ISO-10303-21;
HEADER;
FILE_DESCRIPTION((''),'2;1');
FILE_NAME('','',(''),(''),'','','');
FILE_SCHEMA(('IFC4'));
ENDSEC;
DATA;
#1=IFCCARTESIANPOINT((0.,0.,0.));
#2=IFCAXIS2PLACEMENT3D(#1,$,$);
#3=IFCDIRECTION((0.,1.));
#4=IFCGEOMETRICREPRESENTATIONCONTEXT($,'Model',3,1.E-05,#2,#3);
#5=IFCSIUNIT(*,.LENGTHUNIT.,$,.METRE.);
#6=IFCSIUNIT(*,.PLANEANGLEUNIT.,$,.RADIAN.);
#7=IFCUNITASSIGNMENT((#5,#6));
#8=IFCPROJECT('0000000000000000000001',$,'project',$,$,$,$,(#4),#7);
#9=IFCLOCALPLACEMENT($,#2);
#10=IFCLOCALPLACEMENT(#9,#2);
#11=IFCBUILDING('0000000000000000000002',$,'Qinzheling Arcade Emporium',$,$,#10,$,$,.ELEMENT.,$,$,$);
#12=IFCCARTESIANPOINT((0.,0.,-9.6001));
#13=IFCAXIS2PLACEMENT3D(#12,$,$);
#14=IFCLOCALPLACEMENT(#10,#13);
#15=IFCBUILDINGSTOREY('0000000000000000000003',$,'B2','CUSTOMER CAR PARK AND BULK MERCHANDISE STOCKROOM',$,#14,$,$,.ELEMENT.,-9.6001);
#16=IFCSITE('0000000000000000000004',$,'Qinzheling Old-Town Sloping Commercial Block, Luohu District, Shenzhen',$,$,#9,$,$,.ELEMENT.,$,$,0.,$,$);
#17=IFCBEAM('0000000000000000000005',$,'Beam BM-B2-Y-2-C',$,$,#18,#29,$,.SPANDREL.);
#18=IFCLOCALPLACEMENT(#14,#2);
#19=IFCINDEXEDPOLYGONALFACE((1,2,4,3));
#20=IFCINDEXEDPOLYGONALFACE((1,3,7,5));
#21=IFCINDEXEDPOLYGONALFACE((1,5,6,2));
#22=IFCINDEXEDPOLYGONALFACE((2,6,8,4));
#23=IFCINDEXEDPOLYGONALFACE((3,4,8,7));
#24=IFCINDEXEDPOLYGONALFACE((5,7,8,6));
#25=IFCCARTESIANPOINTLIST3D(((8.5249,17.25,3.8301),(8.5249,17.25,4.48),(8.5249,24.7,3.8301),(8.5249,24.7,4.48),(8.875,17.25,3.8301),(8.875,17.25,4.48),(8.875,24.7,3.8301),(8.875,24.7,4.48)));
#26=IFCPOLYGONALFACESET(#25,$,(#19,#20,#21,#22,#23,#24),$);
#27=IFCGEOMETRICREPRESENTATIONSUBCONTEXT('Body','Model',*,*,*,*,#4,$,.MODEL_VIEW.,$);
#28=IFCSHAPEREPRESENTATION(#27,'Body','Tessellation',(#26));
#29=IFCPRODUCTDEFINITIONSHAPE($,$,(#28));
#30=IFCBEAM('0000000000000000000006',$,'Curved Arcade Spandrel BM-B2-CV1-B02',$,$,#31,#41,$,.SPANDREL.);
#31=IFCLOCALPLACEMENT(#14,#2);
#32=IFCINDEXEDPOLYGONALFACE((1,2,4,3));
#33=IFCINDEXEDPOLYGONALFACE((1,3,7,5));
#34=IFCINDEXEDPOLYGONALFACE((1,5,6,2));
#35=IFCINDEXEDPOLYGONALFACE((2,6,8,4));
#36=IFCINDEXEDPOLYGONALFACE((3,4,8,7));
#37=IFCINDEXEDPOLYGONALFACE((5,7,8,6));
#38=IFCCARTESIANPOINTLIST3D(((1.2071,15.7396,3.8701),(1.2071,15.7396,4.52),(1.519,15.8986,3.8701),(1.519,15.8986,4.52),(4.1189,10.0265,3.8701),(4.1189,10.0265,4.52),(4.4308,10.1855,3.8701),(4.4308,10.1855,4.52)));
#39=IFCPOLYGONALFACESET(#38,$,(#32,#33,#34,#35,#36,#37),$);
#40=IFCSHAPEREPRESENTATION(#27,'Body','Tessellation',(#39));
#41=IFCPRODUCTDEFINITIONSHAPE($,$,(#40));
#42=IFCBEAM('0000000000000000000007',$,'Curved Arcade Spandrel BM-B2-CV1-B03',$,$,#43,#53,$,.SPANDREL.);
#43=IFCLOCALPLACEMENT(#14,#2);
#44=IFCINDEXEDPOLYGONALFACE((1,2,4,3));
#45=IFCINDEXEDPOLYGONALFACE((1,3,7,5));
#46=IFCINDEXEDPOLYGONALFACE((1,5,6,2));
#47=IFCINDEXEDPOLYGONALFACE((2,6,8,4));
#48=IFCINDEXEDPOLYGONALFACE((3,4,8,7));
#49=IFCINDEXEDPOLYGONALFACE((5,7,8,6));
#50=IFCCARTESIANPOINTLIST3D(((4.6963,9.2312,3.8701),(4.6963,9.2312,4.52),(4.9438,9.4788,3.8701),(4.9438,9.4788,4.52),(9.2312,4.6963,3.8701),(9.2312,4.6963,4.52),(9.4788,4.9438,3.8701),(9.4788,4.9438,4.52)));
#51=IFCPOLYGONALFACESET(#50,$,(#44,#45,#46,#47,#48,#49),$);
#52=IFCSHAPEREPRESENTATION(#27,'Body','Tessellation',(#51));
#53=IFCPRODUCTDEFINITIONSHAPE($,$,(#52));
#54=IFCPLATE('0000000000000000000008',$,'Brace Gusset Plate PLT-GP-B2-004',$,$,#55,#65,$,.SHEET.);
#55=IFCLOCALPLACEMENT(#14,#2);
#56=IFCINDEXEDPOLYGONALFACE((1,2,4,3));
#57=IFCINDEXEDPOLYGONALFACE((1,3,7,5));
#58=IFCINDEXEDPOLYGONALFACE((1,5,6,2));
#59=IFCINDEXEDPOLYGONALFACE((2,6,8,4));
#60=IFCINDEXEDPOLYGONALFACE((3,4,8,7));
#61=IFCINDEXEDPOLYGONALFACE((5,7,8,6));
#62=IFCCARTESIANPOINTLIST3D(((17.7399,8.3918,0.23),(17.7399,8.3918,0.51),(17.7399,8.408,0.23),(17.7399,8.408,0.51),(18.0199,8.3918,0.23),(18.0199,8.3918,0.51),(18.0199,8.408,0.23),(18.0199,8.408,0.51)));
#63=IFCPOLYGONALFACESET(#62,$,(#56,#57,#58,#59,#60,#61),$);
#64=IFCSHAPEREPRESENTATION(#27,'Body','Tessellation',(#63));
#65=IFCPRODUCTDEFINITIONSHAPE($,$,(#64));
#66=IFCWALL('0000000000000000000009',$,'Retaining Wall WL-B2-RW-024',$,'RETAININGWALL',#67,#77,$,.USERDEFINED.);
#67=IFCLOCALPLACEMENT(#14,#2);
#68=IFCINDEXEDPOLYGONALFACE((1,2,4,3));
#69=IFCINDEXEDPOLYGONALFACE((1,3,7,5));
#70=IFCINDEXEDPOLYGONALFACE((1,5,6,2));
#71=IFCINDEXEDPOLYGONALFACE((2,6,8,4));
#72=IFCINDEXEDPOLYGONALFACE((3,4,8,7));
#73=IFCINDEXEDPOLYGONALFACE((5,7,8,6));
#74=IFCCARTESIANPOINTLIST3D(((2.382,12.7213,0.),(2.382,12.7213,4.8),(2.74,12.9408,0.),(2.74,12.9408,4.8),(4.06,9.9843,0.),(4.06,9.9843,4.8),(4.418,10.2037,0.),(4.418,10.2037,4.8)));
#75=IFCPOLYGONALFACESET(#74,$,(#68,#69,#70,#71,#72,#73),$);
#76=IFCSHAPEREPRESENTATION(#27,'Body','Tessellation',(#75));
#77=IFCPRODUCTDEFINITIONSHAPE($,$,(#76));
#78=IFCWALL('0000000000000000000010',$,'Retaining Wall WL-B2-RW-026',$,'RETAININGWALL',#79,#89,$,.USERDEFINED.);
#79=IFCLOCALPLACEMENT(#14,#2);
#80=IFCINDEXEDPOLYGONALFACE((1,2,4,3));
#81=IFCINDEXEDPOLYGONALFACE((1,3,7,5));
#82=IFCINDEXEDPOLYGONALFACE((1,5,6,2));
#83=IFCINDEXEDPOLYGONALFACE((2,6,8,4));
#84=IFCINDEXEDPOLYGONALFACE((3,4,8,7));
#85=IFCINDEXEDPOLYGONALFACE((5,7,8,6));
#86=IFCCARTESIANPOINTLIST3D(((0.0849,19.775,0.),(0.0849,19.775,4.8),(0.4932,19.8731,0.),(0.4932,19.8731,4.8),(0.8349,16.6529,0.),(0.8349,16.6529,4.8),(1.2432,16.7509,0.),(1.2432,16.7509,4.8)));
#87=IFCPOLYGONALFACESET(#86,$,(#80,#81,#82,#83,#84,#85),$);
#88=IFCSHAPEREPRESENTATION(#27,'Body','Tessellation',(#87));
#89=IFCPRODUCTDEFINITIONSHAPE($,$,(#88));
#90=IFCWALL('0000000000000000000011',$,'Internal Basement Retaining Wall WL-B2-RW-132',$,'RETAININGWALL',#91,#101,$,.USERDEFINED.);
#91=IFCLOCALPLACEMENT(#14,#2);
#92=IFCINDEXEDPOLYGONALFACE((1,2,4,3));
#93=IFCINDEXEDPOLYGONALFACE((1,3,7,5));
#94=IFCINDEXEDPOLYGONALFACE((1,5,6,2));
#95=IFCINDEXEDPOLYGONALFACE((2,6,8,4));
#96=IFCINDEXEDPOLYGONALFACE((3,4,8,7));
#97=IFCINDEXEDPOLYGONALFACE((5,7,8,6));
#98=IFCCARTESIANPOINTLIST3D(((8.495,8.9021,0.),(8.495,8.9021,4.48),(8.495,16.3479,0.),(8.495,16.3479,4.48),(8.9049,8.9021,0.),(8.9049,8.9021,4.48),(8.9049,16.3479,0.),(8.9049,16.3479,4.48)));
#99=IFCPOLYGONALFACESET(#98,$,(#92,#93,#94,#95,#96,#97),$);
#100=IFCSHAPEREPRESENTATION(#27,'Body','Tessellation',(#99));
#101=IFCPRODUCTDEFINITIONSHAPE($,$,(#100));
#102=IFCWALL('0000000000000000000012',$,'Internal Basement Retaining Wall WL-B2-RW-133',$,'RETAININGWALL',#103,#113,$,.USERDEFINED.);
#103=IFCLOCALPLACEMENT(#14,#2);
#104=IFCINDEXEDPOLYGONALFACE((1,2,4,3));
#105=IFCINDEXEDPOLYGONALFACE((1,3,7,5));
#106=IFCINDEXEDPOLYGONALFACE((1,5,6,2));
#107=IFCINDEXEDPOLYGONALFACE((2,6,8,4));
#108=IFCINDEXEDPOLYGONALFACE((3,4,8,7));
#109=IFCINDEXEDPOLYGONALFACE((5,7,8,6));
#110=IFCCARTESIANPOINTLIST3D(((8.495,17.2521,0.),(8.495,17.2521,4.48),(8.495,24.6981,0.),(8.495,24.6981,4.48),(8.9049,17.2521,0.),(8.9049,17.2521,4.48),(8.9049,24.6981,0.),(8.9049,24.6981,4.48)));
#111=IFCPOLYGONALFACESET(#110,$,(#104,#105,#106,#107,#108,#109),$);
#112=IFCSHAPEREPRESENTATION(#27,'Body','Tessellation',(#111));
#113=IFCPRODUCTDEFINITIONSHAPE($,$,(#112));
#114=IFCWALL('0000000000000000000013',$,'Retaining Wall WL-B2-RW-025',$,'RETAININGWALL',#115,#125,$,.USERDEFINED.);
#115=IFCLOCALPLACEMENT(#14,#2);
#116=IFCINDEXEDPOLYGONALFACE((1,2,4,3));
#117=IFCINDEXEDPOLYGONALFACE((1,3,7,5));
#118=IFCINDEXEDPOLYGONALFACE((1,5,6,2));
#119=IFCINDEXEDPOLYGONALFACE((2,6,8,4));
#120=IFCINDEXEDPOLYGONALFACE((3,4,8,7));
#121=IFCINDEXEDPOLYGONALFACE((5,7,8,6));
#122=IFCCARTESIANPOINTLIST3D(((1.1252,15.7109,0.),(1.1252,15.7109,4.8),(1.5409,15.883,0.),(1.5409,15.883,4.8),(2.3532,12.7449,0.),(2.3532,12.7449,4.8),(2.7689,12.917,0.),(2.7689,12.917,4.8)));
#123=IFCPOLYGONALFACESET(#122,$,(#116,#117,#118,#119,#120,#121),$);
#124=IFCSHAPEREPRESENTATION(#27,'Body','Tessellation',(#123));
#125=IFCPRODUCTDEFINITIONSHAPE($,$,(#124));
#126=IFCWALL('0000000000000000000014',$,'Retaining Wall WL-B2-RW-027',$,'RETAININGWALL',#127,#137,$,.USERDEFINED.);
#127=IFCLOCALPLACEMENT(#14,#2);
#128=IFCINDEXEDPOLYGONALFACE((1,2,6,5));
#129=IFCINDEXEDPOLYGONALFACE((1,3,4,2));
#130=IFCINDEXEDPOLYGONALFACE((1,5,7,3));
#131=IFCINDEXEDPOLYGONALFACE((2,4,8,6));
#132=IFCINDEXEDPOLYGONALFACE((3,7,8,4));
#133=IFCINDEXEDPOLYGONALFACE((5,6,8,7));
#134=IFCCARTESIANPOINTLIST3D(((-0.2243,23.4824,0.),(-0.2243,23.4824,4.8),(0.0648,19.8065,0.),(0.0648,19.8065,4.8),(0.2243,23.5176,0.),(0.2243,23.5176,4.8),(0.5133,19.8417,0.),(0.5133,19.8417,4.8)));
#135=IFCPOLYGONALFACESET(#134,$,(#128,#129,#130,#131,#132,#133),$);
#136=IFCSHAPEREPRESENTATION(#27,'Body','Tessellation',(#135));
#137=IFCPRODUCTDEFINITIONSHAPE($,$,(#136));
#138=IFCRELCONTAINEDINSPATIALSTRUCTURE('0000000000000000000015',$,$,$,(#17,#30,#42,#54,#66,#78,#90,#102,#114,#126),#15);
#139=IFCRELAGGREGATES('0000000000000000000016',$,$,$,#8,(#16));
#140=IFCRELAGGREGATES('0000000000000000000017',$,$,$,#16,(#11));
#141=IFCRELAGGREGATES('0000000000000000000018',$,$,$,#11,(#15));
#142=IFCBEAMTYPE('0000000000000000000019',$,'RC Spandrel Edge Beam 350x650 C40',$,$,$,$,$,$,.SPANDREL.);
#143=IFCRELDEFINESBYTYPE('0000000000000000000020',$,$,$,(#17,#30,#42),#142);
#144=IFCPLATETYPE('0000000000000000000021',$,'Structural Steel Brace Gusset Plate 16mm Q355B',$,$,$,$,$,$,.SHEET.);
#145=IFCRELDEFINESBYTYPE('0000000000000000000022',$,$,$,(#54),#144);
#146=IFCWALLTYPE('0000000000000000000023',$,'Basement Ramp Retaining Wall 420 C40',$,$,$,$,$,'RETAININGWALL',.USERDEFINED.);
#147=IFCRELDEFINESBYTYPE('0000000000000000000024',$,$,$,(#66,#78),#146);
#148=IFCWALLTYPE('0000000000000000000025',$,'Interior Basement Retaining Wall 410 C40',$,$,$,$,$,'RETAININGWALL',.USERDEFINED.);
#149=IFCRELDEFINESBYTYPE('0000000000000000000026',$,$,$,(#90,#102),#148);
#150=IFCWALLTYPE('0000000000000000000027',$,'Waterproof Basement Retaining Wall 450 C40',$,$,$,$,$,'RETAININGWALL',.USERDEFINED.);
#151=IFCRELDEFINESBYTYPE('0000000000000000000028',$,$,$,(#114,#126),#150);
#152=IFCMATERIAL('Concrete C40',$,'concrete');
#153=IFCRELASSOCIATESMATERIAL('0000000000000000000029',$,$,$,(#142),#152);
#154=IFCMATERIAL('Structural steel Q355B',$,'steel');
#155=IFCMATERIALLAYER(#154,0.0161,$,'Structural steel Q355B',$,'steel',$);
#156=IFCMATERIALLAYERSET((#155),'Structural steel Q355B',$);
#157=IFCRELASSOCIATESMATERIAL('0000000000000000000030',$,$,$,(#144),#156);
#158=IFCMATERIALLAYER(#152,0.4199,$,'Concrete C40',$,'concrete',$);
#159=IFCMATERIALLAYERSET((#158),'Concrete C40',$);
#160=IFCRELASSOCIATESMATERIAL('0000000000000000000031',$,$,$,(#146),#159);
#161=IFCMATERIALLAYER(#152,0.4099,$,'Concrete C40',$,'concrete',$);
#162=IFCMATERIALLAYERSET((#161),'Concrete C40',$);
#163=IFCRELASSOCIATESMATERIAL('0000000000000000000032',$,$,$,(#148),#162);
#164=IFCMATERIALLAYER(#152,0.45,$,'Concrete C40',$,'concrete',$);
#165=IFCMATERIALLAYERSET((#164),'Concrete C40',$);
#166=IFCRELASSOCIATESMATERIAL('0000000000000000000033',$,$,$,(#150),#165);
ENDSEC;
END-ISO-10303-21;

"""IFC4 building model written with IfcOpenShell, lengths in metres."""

from ifc_helpers import new_model, si_unit, direction, frame, frame_2d, origin, origin_2d, place, context, subcontext, project, spatial, rectangle, extrude, material, layer, layer_set, material_profile, profile_set, type_object, element, save


model = new_model("IFC4")

# Units and contexts
model_context = context("Model", 3, precision=1e-05, world=origin(), true_north=direction((0.0, 1.0)))
body_context = subcontext(model_context, "Body", "Model", "MODEL_VIEW")
ifc_project = project(units=[si_unit("LENGTHUNIT", "METRE"), si_unit("PLANEANGLEUNIT", "RADIAN")], contexts=[model_context])

# Site, building, storey
site_placement = place(None, origin())
site = spatial("IfcSite", under=ifc_project, at=site_placement, Name="Qinzheling Old-Town Sloping Commercial Block, Luohu District, Shenzhen", CompositionType="ELEMENT", RefElevation=0.0)
building_placement = place(site_placement, origin())
building = spatial("IfcBuilding", under=site, at=building_placement, Name="Qinzheling Arcade Emporium", CompositionType="ELEMENT")
storey_placement = place(building_placement, frame((0.0, 0.0, -9.6001)))
storey = spatial("IfcBuildingStorey", under=building, at=storey_placement, Name="B2", Description="CUSTOMER CAR PARK AND BULK MERCHANDISE STOCKROOM", CompositionType="ELEMENT", Elevation=-9.6001)

# Shared definitions
ifc_material_1 = material(Name="Concrete C40", Category="concrete")

# Beams
ifc_material_profile_1 = material_profile(ifc_material_1, rectangle(XDim=0.3501, YDim=0.6499, at=origin_2d()), Name="RC 350x650", Category="concrete")
ifc_profile_set_1 = profile_set([ifc_material_profile_1], Name="Concrete C40")
beam_type_1 = type_object("IfcBeamType", Name="RC Spandrel Edge Beam 350x650 C40", PredefinedType="SPANDREL", material=ifc_profile_set_1)
beam_1_placement = place(storey_placement, frame((8.7, 17.25, 4.155), z_axis=(0.0, 1.0, 0.0), x_axis=(-1.0, 0.0, 0.0)))
element("IfcBeam", 1, at=beam_1_placement, inside=storey, type_object=beam_type_1, Name="Beam BM-B2-Y-2-C", PredefinedType="SPANDREL", context=body_context, shape_type="SweptSolid", body=[
    extrude(rectangle(XDim=0.3501, YDim=0.6499, at=origin_2d()), origin(), (0.0, 0.0, 1.0), 7.45),
])
beam_2_placement = place(storey_placement, frame((1.363, 15.8191, 4.1951), z_axis=(0.454099, -0.890951, 0.0), x_axis=(0.890951, 0.454099, 0.0)))
element("IfcBeam", 2, at=beam_2_placement, inside=storey, type_object=beam_type_1, Name="Curved Arcade Spandrel BM-B2-CV1-B02", PredefinedType="SPANDREL", context=body_context, shape_type="SweptSolid", body=[
    extrude(rectangle(XDim=0.3501, YDim=0.6499, at=origin_2d()), origin(), (0.0, 0.0, 1.0), 6.4124),
])
beam_3_placement = place(storey_placement, frame((4.8201, 9.355, 4.1951), z_axis=(0.707107, -0.707107, 0.0), x_axis=(0.707107, 0.707107, 0.0)))
element("IfcBeam", 3, at=beam_3_placement, inside=storey, type_object=beam_type_1, Name="Curved Arcade Spandrel BM-B2-CV1-B03", PredefinedType="SPANDREL", context=body_context, shape_type="SweptSolid", body=[
    extrude(rectangle(XDim=0.3501, YDim=0.6499, at=origin_2d()), origin(), (0.0, 0.0, 1.0), 6.4133),
])

# Plate
ifc_material_2 = material(Name="Structural steel Q355B", Category="steel")
ifc_layer_1 = layer(ifc_material_2, 0.0161, Name="Structural steel Q355B", Category="steel")
ifc_layer_set_1 = layer_set([ifc_layer_1], Name="Structural steel Q355B")
plate_type = type_object("IfcPlateType", Name="Structural Steel Brace Gusset Plate 16mm Q355B", PredefinedType="SHEET", material=ifc_layer_set_1)
plate_placement = place(storey_placement, frame((17.8799, 8.3999, 0.23), z_axis=(0.0, 0.0, 1.0), x_axis=(1.0, 0.0, 0.0)))
element("IfcPlate", 4, at=plate_placement, inside=storey, type_object=plate_type, Name="Brace Gusset Plate PLT-GP-B2-004", PredefinedType="SHEET", context=body_context, shape_type="SweptSolid", body=[
    extrude(rectangle(XDim=0.28, YDim=0.0161, at=origin_2d()), origin(), (0.0, 0.0, 1.0), 0.28),
])

# Walls
ifc_layer_2 = layer(ifc_material_1, 0.4199, Name="Concrete C40", Category="concrete")
ifc_layer_set_2 = layer_set([ifc_layer_2], Name="Concrete C40")
wall_type_1 = type_object("IfcWallType", Name="Basement Ramp Retaining Wall 420 C40", ElementType="RETAININGWALL", PredefinedType="USERDEFINED", material=ifc_layer_set_2)
wall_1_placement = place(storey_placement, frame((4.239, 10.094, 0.0), z_axis=(0.0, 0.0, 1.0), x_axis=(-0.522658, 0.852542, 0.0)))
element("IfcWall", 5, at=wall_1_placement, inside=storey, type_object=wall_type_1, Name="Retaining Wall WL-B2-RW-024", ObjectType="RETAININGWALL", PredefinedType="USERDEFINED", context=body_context, shape_type="SweptSolid", body=[
    extrude(rectangle(XDim=3.2104, YDim=0.4199, at=frame_2d((1.6052, 0.0))), origin(), (0.0, 0.0, 1.0), 4.8),
])
wall_2_placement = place(storey_placement, frame((1.0391, 16.7019, 0.0), z_axis=(0.0, 0.0, 1.0), x_axis=(-0.23358, 0.972338, 0.0)))
element("IfcWall", 6, at=wall_2_placement, inside=storey, type_object=wall_type_1, Name="Retaining Wall WL-B2-RW-026", ObjectType="RETAININGWALL", PredefinedType="USERDEFINED", context=body_context, shape_type="SweptSolid", body=[
    extrude(rectangle(XDim=3.2109, YDim=0.4199, at=frame_2d((1.6055, 0.0))), origin(), (0.0, 0.0, 1.0), 4.8),
])
ifc_layer_3 = layer(ifc_material_1, 0.4099, Name="Concrete C40", Category="concrete")
ifc_layer_set_3 = layer_set([ifc_layer_3], Name="Concrete C40")
wall_type_2 = type_object("IfcWallType", Name="Interior Basement Retaining Wall 410 C40", ElementType="RETAININGWALL", PredefinedType="USERDEFINED", material=ifc_layer_set_3)
wall_3_placement = place(storey_placement, frame((8.7, 8.9021, 0.0), z_axis=(0.0, 0.0, 1.0), x_axis=(0.0, 1.0, 0.0)))
element("IfcWall", 7, at=wall_3_placement, inside=storey, type_object=wall_type_2, Name="Internal Basement Retaining Wall WL-B2-RW-132", ObjectType="RETAININGWALL", PredefinedType="USERDEFINED", context=body_context, shape_type="SweptSolid", body=[
    extrude(rectangle(XDim=7.4458, YDim=0.4099, at=frame_2d((3.7229, 0.0))), origin(), (0.0, 0.0, 1.0), 4.48),
])
wall_4_placement = place(storey_placement, frame((8.7, 17.252, 0.0), z_axis=(0.0, 0.0, 1.0), x_axis=(0.0, 1.0, 0.0)))
element("IfcWall", 8, at=wall_4_placement, inside=storey, type_object=wall_type_2, Name="Internal Basement Retaining Wall WL-B2-RW-133", ObjectType="RETAININGWALL", PredefinedType="USERDEFINED", context=body_context, shape_type="SweptSolid", body=[
    extrude(rectangle(XDim=7.446, YDim=0.4099, at=frame_2d((3.7231, 0.0))), origin(), (0.0, 0.0, 1.0), 4.48),
])
ifc_layer_4 = layer(ifc_material_1, 0.45, Name="Concrete C40", Category="concrete")
ifc_layer_set_4 = layer_set([ifc_layer_4], Name="Concrete C40")
wall_type_3 = type_object("IfcWallType", Name="Waterproof Basement Retaining Wall 450 C40", ElementType="RETAININGWALL", PredefinedType="USERDEFINED", material=ifc_layer_set_4)
wall_5_placement = place(storey_placement, frame((2.561, 12.8311, 0.0), z_axis=(0.0, 0.0, 1.0), x_axis=(-0.382535, 0.923941, 0.0)))
element("IfcWall", 9, at=wall_5_placement, inside=storey, type_object=wall_type_3, Name="Retaining Wall WL-B2-RW-025", ObjectType="RETAININGWALL", PredefinedType="USERDEFINED", context=body_context, shape_type="SweptSolid", body=[
    extrude(rectangle(XDim=3.2102, YDim=0.45, at=frame_2d((1.605, 0.0))), origin(), (0.0, 0.0, 1.0), 4.8),
])
wall_6_placement = place(storey_placement, frame((0.2891, 19.824, 0.0), z_axis=(0.0, 0.0, 1.0), x_axis=(-0.078393, 0.996923, 0.0)))
element("IfcWall", 10, at=wall_6_placement, inside=storey, type_object=wall_type_3, Name="Retaining Wall WL-B2-RW-027", ObjectType="RETAININGWALL", PredefinedType="USERDEFINED", context=body_context, shape_type="SweptSolid", body=[
    extrude(rectangle(XDim=3.6873, YDim=0.45, at=frame_2d((1.8438, 0.0))), origin(), (0.0, 0.0, 1.0), 4.8),
])

save(model, "model.ifc")
